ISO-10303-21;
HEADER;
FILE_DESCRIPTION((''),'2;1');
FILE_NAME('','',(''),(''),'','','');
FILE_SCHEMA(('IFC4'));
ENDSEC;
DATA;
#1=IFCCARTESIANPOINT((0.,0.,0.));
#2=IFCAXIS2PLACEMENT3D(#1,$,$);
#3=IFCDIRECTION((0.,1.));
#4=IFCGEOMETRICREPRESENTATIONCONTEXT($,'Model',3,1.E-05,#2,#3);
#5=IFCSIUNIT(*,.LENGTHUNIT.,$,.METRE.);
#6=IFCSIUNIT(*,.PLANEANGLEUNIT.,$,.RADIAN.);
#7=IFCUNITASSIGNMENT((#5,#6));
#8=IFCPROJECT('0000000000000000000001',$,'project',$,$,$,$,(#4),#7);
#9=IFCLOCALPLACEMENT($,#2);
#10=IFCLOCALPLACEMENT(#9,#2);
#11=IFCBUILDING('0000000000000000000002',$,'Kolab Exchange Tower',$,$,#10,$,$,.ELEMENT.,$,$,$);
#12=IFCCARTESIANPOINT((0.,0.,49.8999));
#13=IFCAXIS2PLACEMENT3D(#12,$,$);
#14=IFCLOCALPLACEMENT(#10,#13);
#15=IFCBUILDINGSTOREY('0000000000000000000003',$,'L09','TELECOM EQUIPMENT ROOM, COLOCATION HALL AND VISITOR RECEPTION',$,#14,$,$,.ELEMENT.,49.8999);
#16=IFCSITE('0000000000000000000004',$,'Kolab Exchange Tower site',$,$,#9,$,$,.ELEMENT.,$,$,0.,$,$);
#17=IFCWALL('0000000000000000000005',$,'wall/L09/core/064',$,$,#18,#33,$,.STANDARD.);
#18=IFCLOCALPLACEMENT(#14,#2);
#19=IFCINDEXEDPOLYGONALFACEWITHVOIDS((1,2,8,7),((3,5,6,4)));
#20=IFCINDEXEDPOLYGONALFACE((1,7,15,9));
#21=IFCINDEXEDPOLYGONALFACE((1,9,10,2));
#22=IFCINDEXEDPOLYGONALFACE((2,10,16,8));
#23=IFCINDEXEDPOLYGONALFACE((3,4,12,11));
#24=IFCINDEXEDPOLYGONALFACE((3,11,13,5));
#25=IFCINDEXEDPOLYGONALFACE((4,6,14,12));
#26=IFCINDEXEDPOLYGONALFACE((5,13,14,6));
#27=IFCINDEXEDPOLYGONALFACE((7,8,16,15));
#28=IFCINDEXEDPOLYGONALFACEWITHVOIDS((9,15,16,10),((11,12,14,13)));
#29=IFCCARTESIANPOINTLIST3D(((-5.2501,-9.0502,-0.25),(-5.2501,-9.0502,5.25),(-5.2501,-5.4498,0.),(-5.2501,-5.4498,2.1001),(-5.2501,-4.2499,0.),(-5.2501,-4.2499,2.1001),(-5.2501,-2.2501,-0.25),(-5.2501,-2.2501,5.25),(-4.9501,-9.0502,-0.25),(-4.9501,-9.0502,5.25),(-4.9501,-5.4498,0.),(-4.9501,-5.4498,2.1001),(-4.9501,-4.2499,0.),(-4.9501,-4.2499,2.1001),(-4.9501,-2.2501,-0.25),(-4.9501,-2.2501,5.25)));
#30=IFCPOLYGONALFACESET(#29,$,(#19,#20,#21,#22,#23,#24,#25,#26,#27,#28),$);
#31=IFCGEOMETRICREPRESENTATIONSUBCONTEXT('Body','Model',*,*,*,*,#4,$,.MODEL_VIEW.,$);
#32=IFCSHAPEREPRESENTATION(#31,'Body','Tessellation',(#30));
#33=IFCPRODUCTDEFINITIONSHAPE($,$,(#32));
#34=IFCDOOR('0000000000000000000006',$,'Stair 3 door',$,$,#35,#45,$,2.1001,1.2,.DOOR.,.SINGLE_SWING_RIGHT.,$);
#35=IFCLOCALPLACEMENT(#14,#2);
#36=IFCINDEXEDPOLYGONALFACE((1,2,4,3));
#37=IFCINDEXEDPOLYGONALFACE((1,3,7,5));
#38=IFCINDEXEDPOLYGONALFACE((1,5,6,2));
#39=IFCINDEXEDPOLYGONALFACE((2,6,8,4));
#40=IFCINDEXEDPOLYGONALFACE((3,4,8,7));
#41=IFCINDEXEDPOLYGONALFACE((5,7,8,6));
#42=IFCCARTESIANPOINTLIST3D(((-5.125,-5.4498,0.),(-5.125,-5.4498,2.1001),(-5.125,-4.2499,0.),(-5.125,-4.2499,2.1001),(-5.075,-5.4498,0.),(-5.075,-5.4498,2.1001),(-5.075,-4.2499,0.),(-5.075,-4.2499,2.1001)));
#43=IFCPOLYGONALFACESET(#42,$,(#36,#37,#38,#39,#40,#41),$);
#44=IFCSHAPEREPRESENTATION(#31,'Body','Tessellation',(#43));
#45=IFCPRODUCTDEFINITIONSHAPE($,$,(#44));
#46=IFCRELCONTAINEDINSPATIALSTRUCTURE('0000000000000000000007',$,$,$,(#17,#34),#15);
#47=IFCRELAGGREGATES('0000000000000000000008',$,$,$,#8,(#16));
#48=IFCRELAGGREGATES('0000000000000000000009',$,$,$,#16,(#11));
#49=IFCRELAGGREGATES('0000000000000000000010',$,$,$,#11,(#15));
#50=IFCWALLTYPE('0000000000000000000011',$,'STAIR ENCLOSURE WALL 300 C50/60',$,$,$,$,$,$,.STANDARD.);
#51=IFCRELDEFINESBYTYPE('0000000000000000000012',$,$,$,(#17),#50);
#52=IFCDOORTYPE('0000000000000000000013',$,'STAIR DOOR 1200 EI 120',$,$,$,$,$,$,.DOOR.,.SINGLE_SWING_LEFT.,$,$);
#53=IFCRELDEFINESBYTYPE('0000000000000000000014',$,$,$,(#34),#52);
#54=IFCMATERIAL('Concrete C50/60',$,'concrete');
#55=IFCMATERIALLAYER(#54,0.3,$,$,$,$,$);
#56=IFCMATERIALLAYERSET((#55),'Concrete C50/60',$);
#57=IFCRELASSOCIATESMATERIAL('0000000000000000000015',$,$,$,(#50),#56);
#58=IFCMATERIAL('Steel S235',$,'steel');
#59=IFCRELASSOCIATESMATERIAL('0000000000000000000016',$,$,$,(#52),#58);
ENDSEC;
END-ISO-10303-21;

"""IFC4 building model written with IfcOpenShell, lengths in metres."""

from ifc_helpers import new_model, si_unit, direction, frame, frame_2d, origin, place, context, subcontext, project, spatial, rectangle, extrude, material, layer, layer_set, type_object, element, fill, save


model = new_model("IFC4")

# Units and contexts
model_context = context("Model", 3, precision=1e-05, world=origin(), true_north=direction((0.0, 1.0)))
body_context = subcontext(model_context, "Body", "Model", "MODEL_VIEW")
ifc_project = project(units=[si_unit("LENGTHUNIT", "METRE"), si_unit("PLANEANGLEUNIT", "RADIAN")], contexts=[model_context])

# Site, building, storey
site_placement = place(None, origin())
site = spatial("IfcSite", under=ifc_project, at=site_placement, Name="Kolab Exchange Tower site", CompositionType="ELEMENT", RefElevation=0.0)
building_placement = place(site_placement, origin())
building = spatial("IfcBuilding", under=site, at=building_placement, Name="Kolab Exchange Tower", CompositionType="ELEMENT")
storey_placement = place(building_placement, frame((0.0, 0.0, 49.8999)))
storey = spatial("IfcBuildingStorey", under=building, at=storey_placement, Name="L09", Description="TELECOM EQUIPMENT ROOM, COLOCATION HALL AND VISITOR RECEPTION", CompositionType="ELEMENT", Elevation=49.8999)

# Shared definitions
ifc_material_1 = material(Name="Steel S235", Category="steel")

# Shared definitions
ifc_material_2 = material(Name="Concrete C50/60", Category="concrete")

# Wall, opening, door
ifc_layer_1 = layer(ifc_material_2, 0.3)
ifc_layer_set_1 = layer_set([ifc_layer_1], Name="Concrete C50/60")
wall_type_1 = type_object("IfcWallType", Name="STAIR ENCLOSURE WALL 300 C50/60", PredefinedType="STANDARD", material=ifc_layer_set_1)
wall_1_placement = place(storey_placement, frame((-5.1001, -9.05, -0.25), z_axis=(0.0, 0.0, 1.0), x_axis=(0.0, 1.0, 0.0)))
wall_1 = element("IfcWall", 1, at=wall_1_placement, inside=storey, type_object=wall_type_1, Name="wall/L09/core/064", PredefinedType="STANDARD", context=body_context, shape_type="SweptSolid", body=[
    extrude(rectangle(XDim=6.8, YDim=0.3, at=frame_2d((3.3999, 0.0))), origin(), (0.0, 0.0, 1.0), 5.5),
])
opening_1_placement = place(wall_1_placement, frame((3.6001, 0.0, 0.25)))
opening_1 = element("IfcOpeningElement", 2, at=opening_1_placement, cuts=wall_1, PredefinedType="OPENING", context=body_context, shape_type="SweptSolid", body=[
    extrude(rectangle(XDim=1.2, YDim=2.1001, at=frame_2d((0.6001, 1.05))), frame((0.0, 0.1602, 0.0), z_axis=(0.0, -1.0, 0.0), x_axis=(1.0, 0.0, 0.0)), (0.0, 0.0, 1.0), 0.3201),
])
door_type_1 = type_object("IfcDoorType", Name="STAIR DOOR 1200 EI 120", OperationType="SINGLE_SWING_LEFT", PredefinedType="DOOR", material=ifc_material_1)
door_1_placement = place(opening_1_placement, origin())
door_1 = element("IfcDoor", 3, at=door_1_placement, inside=storey, type_object=door_type_1, Name="Stair 3 door", OperationType="SINGLE_SWING_RIGHT", OverallHeight=2.1001, OverallWidth=1.2, PredefinedType="DOOR", context=body_context, shape_type="SweptSolid", body=[
    extrude(rectangle(XDim=1.2, YDim=2.1001, at=frame_2d((0.6001, 1.05))), frame((0.0, 0.0249, 0.0), z_axis=(0.0, -1.0, 0.0), x_axis=(1.0, 0.0, 0.0)), (0.0, 0.0, 1.0), 0.05),
])
fill(opening_1, door_1)

save(model, "model.ifc")
